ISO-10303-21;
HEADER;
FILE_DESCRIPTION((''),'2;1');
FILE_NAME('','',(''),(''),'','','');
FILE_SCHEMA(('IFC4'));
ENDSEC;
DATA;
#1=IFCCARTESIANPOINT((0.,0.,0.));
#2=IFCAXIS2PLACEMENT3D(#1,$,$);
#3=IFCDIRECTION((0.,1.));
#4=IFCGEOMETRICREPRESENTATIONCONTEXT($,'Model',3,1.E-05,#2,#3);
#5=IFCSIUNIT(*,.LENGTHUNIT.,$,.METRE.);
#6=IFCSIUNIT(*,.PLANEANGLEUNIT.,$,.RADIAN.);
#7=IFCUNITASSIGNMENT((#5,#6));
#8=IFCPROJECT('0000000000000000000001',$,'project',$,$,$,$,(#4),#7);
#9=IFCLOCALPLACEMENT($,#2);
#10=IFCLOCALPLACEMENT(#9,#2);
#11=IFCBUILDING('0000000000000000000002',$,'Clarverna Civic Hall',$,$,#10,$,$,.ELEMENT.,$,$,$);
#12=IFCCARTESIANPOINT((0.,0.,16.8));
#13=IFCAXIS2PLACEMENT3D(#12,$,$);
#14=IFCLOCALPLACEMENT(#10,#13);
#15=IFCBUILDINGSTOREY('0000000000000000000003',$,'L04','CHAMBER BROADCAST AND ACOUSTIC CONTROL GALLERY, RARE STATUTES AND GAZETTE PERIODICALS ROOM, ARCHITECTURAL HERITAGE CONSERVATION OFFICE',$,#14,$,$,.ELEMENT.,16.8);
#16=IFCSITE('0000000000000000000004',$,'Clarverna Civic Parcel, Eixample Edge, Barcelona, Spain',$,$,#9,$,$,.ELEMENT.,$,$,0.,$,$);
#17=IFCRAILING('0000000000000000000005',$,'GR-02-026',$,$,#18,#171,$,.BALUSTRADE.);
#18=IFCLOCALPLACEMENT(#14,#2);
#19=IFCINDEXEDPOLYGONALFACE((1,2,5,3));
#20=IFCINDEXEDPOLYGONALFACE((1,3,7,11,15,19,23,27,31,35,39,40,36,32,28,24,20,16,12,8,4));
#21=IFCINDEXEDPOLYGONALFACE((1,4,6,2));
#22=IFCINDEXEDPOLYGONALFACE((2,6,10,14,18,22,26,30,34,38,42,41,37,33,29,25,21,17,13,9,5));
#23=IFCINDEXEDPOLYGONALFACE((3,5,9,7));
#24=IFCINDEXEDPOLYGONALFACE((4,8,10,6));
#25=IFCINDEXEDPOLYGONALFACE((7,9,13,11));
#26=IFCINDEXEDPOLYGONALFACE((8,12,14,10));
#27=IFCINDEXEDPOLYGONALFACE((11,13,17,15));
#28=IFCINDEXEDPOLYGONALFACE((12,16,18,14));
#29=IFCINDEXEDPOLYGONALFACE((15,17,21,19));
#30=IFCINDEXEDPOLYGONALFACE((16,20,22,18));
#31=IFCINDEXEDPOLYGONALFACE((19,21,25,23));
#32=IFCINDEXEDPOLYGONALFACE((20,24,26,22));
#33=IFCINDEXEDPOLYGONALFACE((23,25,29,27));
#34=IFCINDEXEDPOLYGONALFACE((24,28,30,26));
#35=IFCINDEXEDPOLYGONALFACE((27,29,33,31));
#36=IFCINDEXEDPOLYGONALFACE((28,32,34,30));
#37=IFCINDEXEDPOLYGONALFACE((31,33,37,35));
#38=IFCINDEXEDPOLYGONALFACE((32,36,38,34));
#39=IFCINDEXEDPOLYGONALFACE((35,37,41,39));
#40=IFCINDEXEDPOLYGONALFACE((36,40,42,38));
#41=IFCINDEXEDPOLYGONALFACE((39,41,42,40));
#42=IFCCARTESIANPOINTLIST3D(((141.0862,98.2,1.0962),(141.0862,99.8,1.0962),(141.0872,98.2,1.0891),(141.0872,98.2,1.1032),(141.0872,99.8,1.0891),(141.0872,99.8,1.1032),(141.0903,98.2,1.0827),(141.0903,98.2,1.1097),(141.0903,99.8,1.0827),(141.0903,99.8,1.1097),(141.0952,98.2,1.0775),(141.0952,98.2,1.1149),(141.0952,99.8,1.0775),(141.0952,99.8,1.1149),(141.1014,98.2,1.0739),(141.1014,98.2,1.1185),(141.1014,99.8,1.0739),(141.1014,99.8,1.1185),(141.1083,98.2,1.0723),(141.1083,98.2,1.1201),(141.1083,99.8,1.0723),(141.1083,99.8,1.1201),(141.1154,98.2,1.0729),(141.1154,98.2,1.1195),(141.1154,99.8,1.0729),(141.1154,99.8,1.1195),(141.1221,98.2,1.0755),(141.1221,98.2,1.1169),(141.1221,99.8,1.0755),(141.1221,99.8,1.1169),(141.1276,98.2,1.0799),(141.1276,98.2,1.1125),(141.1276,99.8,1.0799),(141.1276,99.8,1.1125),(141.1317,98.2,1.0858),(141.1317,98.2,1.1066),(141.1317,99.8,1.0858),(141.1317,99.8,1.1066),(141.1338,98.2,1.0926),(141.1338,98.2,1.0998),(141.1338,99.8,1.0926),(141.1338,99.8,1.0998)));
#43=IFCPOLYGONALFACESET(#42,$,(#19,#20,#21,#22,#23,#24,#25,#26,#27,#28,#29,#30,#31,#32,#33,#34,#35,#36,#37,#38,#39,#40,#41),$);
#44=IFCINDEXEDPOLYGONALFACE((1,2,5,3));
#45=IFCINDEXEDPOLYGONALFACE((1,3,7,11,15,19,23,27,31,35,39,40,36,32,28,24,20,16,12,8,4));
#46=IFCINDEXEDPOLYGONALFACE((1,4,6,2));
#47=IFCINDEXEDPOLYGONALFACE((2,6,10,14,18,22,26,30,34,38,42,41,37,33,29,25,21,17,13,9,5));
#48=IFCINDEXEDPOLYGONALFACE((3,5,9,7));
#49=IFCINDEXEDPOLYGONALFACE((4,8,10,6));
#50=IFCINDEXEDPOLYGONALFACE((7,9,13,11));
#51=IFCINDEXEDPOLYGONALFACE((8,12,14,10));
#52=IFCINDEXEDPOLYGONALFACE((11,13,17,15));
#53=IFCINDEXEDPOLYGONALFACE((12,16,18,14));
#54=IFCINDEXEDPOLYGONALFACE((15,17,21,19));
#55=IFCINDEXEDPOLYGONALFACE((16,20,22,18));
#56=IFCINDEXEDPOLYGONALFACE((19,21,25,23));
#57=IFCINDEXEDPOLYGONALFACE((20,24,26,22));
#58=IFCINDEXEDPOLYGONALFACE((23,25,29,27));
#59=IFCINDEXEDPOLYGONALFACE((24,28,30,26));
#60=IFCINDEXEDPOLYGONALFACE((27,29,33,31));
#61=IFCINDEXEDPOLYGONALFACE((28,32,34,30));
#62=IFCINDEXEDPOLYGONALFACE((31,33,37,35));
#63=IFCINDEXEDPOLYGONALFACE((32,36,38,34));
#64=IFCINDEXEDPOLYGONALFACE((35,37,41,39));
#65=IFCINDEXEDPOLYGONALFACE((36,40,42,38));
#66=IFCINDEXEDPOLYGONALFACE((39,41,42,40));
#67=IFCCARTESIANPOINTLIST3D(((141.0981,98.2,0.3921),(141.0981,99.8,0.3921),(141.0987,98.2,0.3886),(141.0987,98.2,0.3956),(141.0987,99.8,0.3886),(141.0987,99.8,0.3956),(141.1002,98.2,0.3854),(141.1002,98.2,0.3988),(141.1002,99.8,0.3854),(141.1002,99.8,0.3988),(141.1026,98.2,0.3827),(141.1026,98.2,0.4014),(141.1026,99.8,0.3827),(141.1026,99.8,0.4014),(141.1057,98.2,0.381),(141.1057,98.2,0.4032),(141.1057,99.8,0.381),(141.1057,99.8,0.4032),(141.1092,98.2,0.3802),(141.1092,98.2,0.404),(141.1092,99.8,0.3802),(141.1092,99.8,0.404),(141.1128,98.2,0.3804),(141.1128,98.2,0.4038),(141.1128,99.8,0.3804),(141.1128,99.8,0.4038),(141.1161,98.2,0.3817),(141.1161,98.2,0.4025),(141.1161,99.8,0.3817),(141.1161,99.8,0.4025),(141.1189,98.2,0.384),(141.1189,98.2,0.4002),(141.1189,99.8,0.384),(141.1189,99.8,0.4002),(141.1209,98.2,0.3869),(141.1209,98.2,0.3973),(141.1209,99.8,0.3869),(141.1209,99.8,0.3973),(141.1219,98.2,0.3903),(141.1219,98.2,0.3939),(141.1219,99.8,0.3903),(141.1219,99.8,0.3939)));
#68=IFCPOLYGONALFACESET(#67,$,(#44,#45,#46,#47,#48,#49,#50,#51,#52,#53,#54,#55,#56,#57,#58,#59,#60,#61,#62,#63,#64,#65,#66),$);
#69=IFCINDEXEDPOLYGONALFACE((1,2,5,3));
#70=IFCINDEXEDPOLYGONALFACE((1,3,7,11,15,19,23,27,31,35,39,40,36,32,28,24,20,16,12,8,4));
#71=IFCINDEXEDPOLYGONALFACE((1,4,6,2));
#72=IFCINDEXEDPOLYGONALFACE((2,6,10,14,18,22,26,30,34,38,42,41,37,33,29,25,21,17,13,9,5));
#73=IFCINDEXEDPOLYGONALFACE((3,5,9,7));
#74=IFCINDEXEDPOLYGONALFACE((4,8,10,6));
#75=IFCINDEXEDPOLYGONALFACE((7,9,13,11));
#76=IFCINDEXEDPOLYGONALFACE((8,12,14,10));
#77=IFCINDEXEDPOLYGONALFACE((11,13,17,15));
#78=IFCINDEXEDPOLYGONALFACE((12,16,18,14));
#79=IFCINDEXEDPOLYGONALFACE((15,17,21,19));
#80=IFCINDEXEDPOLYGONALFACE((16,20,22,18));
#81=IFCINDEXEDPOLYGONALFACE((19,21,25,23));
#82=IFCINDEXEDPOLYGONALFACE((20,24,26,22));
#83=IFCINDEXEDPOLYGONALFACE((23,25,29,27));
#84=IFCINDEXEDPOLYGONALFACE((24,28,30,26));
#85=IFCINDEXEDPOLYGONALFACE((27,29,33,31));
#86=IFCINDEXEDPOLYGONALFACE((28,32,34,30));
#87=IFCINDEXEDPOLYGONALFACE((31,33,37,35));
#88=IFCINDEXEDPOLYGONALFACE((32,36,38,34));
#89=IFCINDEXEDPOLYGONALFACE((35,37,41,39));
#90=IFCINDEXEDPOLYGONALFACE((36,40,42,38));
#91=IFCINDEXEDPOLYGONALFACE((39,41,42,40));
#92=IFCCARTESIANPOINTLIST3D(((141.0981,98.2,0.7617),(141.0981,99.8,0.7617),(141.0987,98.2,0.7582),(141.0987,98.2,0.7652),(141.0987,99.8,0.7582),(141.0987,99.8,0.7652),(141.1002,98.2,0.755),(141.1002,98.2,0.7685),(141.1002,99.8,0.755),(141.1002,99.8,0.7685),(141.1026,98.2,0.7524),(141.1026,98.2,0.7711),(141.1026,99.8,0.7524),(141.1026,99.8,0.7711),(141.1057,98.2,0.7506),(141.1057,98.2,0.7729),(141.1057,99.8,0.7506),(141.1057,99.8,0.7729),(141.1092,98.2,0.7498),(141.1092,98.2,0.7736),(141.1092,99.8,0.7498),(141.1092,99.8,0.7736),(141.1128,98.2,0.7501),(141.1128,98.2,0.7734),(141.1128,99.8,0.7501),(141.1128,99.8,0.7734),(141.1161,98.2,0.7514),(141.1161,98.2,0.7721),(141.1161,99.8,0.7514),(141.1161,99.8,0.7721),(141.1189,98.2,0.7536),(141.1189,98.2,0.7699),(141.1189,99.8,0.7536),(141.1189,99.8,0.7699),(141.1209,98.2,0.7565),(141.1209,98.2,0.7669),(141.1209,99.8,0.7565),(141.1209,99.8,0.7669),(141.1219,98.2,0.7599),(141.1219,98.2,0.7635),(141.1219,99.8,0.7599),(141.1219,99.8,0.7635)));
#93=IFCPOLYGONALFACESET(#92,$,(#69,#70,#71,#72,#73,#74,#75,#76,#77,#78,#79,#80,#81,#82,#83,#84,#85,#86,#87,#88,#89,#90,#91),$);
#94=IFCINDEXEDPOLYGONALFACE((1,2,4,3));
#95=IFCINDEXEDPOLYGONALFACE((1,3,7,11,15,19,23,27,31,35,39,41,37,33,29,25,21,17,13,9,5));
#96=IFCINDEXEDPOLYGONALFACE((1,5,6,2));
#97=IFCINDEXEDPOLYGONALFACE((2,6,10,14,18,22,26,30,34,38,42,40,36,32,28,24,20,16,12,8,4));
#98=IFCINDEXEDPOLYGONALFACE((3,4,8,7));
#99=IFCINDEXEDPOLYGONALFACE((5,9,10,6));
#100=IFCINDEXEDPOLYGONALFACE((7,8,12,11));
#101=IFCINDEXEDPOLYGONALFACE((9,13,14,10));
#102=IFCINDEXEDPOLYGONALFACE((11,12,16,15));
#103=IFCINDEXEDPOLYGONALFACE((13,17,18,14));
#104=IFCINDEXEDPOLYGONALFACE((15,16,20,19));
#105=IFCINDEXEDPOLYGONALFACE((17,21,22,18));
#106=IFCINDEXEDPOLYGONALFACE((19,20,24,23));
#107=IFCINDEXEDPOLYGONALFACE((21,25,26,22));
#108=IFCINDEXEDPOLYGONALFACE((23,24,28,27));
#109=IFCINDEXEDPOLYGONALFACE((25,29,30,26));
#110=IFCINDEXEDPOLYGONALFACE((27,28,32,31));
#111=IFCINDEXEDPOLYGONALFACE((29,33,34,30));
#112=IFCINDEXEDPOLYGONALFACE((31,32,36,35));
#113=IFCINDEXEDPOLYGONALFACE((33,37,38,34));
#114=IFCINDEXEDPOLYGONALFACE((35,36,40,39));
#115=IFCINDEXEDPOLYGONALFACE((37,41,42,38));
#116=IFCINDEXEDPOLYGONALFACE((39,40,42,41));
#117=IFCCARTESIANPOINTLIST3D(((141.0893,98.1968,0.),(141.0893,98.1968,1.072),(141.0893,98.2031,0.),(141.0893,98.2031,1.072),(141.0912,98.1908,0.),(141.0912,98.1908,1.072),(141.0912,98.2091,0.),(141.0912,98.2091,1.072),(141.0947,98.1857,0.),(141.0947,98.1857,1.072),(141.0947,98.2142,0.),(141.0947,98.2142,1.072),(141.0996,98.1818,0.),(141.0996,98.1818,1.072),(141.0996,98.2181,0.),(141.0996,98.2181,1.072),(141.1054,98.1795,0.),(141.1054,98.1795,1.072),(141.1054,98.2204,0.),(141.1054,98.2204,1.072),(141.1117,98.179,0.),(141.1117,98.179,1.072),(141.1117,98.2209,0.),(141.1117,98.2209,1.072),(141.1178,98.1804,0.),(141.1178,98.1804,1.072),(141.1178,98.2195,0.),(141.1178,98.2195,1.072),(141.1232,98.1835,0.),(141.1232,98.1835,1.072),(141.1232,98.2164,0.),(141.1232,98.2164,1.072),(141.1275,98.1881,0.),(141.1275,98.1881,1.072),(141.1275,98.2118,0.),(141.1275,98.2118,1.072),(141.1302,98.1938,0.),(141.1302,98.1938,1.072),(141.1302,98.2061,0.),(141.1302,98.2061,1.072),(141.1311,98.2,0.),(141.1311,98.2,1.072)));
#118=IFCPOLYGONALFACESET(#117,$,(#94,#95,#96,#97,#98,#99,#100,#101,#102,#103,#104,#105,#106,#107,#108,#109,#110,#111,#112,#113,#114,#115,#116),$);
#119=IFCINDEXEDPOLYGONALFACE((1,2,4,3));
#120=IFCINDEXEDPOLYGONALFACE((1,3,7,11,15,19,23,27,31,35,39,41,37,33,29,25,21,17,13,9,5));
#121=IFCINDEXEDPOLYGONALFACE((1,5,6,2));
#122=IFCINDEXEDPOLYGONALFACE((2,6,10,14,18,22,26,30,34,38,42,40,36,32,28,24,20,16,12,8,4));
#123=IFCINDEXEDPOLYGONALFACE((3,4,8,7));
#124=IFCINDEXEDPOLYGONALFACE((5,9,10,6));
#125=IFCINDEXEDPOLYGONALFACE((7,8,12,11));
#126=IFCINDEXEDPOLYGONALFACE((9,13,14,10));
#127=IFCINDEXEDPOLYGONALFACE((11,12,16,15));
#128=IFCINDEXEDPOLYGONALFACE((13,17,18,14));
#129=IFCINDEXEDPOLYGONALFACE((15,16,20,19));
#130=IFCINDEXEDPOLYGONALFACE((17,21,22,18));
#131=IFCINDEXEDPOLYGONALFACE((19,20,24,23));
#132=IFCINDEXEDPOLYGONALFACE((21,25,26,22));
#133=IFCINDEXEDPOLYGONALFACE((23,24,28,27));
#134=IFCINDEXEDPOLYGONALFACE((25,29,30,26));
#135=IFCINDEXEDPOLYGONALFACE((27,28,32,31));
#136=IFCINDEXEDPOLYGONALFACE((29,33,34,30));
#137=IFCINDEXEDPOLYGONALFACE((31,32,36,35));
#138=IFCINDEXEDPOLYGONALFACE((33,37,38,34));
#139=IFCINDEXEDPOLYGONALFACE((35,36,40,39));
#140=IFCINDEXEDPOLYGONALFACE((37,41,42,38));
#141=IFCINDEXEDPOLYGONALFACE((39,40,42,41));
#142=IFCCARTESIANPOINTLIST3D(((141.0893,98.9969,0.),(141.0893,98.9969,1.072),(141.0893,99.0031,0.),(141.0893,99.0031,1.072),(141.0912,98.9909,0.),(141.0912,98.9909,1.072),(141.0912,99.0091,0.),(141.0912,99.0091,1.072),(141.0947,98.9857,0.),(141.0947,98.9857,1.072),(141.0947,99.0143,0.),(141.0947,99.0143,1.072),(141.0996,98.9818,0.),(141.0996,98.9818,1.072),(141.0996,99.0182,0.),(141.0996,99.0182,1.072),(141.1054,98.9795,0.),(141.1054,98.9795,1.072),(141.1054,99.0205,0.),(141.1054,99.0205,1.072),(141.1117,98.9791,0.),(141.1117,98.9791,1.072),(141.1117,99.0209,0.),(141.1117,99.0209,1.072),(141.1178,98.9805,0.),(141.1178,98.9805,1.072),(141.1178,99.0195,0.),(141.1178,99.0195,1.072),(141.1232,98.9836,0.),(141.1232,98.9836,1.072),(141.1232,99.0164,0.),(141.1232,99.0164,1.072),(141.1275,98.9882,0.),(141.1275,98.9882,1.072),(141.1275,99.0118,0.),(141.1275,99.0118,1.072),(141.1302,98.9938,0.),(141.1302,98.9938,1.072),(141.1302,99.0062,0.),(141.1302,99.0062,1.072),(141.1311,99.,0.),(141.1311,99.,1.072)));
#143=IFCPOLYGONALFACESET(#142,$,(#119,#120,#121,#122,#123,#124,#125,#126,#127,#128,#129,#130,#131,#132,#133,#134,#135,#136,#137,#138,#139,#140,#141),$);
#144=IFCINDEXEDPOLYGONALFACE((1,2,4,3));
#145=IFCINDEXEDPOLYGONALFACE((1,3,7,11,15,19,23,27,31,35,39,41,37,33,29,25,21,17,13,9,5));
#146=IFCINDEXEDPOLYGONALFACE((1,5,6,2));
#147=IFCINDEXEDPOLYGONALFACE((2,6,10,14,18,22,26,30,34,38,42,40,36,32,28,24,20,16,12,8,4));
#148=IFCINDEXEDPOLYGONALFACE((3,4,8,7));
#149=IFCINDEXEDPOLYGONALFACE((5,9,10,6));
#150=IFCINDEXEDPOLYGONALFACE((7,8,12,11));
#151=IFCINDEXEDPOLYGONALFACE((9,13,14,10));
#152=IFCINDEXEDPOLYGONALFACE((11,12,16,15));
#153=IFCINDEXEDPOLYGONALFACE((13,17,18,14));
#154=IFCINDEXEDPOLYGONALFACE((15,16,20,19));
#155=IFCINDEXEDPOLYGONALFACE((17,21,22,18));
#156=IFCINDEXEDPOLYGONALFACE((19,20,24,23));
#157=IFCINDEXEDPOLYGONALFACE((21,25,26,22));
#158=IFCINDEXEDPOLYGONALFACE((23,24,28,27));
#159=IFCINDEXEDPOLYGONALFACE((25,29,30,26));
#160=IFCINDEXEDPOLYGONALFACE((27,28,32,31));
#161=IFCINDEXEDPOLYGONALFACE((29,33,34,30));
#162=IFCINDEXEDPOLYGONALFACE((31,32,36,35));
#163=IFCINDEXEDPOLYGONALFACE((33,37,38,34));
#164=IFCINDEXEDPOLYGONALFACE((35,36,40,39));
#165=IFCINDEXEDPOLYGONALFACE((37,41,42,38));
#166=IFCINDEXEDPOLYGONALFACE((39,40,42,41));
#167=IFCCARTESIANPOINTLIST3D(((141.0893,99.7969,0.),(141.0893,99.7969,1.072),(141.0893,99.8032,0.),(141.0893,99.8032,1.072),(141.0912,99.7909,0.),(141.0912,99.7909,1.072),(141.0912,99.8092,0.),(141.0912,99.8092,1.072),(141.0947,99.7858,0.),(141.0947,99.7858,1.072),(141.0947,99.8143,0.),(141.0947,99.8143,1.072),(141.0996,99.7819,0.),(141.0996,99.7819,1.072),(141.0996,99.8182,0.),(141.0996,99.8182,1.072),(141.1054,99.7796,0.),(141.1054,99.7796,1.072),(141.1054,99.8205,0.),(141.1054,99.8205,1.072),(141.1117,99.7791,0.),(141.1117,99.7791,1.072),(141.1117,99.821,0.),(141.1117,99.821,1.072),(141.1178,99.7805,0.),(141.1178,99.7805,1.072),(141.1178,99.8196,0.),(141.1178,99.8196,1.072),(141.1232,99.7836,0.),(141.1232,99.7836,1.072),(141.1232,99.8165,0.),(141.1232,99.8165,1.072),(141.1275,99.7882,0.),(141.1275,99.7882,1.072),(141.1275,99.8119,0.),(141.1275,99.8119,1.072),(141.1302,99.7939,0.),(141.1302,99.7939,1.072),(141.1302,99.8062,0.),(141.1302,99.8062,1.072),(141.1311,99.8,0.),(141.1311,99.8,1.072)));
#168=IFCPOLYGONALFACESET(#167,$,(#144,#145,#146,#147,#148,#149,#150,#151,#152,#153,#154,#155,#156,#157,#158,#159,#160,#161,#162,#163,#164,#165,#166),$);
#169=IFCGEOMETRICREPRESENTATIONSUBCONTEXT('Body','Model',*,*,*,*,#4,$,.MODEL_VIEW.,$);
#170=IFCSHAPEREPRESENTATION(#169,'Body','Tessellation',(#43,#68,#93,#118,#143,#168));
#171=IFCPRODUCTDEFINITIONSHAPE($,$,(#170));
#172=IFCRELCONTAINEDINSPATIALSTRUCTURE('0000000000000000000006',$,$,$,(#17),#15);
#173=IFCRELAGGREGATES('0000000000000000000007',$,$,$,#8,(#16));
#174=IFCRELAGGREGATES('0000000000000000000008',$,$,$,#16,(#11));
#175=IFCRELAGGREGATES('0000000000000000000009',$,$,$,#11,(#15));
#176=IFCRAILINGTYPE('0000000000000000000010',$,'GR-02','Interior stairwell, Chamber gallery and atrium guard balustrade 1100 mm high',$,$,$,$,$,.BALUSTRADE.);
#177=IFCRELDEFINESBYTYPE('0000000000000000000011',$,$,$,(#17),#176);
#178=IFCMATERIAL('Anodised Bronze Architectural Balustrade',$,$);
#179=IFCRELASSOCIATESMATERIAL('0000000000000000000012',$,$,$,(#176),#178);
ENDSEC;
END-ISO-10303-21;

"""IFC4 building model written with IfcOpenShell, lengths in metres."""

from ifc_helpers import new_model, si_unit, direction, frame, origin, origin_2d, place, context, subcontext, project, spatial, circle, extrude, material, type_object, element, save


model = new_model("IFC4")

# Units and contexts
model_context = context("Model", 3, precision=1e-05, world=origin(), true_north=direction((0.0, 1.0)))
body_context = subcontext(model_context, "Body", "Model", "MODEL_VIEW")
ifc_project = project(units=[si_unit("LENGTHUNIT", "METRE"), si_unit("PLANEANGLEUNIT", "RADIAN")], contexts=[model_context])

# Site, building, storey
site_placement = place(None, origin())
site = spatial("IfcSite", under=ifc_project, at=site_placement, Name="Clarverna Civic Parcel, Eixample Edge, Barcelona, Spain", CompositionType="ELEMENT", RefElevation=0.0)
building_placement = place(site_placement, origin())
building = spatial("IfcBuilding", under=site, at=building_placement, Name="Clarverna Civic Hall", CompositionType="ELEMENT")
storey_placement = place(building_placement, frame((0.0, 0.0, 16.8)))
storey = spatial("IfcBuildingStorey", under=building, at=storey_placement, Name="L04", Description="CHAMBER BROADCAST AND ACOUSTIC CONTROL GALLERY, RARE STATUTES AND GAZETTE PERIODICALS ROOM, ARCHITECTURAL HERITAGE CONSERVATION OFFICE", CompositionType="ELEMENT", Elevation=16.8)

# Railing
ifc_material_1 = material(Name="Anodised Bronze Architectural Balustrade")
railing_type_1 = type_object("IfcRailingType", Name="GR-02", Description="Interior stairwell, Chamber gallery and atrium guard balustrade 1100 mm high", PredefinedType="BALUSTRADE", material=ifc_material_1)
railing_1_placement = place(storey_placement, frame((141.1101, 98.2, 0.0)))
element("IfcRailing", 1, at=railing_1_placement, inside=storey, type_object=railing_type_1, Name="GR-02-026", PredefinedType="BALUSTRADE", context=body_context, shape_type="SweptSolid", body=[
    extrude(circle(Radius=0.0239, at=origin_2d()), frame((0.0, 0.0, 1.0962), z_axis=(0.0, 1.0, 0.0), x_axis=(-1.0, 0.0, 0.0)), (0.0, 0.0, 1.0), 1.6001),
    extrude(circle(Radius=0.012, at=origin_2d()), frame((0.0, 0.0, 0.3921), z_axis=(0.0, 1.0, 0.0), x_axis=(-1.0, 0.0, 0.0)), (0.0, 0.0, 1.0), 1.6001),
    extrude(circle(Radius=0.012, at=origin_2d()), frame((0.0, 0.0, 0.7617), z_axis=(0.0, 1.0, 0.0), x_axis=(-1.0, 0.0, 0.0)), (0.0, 0.0, 1.0), 1.6001),
    extrude(circle(Radius=0.021, at=origin_2d()), origin(), (0.0, 0.0, 1.0), 1.072),
    extrude(circle(Radius=0.021, at=origin_2d()), frame((0.0, 0.8, 0.0)), (0.0, 0.0, 1.0), 1.072),
    extrude(circle(Radius=0.021, at=origin_2d()), frame((0.0, 1.6001, 0.0)), (0.0, 0.0, 1.0), 1.072),
])

save(model, "model.ifc")
